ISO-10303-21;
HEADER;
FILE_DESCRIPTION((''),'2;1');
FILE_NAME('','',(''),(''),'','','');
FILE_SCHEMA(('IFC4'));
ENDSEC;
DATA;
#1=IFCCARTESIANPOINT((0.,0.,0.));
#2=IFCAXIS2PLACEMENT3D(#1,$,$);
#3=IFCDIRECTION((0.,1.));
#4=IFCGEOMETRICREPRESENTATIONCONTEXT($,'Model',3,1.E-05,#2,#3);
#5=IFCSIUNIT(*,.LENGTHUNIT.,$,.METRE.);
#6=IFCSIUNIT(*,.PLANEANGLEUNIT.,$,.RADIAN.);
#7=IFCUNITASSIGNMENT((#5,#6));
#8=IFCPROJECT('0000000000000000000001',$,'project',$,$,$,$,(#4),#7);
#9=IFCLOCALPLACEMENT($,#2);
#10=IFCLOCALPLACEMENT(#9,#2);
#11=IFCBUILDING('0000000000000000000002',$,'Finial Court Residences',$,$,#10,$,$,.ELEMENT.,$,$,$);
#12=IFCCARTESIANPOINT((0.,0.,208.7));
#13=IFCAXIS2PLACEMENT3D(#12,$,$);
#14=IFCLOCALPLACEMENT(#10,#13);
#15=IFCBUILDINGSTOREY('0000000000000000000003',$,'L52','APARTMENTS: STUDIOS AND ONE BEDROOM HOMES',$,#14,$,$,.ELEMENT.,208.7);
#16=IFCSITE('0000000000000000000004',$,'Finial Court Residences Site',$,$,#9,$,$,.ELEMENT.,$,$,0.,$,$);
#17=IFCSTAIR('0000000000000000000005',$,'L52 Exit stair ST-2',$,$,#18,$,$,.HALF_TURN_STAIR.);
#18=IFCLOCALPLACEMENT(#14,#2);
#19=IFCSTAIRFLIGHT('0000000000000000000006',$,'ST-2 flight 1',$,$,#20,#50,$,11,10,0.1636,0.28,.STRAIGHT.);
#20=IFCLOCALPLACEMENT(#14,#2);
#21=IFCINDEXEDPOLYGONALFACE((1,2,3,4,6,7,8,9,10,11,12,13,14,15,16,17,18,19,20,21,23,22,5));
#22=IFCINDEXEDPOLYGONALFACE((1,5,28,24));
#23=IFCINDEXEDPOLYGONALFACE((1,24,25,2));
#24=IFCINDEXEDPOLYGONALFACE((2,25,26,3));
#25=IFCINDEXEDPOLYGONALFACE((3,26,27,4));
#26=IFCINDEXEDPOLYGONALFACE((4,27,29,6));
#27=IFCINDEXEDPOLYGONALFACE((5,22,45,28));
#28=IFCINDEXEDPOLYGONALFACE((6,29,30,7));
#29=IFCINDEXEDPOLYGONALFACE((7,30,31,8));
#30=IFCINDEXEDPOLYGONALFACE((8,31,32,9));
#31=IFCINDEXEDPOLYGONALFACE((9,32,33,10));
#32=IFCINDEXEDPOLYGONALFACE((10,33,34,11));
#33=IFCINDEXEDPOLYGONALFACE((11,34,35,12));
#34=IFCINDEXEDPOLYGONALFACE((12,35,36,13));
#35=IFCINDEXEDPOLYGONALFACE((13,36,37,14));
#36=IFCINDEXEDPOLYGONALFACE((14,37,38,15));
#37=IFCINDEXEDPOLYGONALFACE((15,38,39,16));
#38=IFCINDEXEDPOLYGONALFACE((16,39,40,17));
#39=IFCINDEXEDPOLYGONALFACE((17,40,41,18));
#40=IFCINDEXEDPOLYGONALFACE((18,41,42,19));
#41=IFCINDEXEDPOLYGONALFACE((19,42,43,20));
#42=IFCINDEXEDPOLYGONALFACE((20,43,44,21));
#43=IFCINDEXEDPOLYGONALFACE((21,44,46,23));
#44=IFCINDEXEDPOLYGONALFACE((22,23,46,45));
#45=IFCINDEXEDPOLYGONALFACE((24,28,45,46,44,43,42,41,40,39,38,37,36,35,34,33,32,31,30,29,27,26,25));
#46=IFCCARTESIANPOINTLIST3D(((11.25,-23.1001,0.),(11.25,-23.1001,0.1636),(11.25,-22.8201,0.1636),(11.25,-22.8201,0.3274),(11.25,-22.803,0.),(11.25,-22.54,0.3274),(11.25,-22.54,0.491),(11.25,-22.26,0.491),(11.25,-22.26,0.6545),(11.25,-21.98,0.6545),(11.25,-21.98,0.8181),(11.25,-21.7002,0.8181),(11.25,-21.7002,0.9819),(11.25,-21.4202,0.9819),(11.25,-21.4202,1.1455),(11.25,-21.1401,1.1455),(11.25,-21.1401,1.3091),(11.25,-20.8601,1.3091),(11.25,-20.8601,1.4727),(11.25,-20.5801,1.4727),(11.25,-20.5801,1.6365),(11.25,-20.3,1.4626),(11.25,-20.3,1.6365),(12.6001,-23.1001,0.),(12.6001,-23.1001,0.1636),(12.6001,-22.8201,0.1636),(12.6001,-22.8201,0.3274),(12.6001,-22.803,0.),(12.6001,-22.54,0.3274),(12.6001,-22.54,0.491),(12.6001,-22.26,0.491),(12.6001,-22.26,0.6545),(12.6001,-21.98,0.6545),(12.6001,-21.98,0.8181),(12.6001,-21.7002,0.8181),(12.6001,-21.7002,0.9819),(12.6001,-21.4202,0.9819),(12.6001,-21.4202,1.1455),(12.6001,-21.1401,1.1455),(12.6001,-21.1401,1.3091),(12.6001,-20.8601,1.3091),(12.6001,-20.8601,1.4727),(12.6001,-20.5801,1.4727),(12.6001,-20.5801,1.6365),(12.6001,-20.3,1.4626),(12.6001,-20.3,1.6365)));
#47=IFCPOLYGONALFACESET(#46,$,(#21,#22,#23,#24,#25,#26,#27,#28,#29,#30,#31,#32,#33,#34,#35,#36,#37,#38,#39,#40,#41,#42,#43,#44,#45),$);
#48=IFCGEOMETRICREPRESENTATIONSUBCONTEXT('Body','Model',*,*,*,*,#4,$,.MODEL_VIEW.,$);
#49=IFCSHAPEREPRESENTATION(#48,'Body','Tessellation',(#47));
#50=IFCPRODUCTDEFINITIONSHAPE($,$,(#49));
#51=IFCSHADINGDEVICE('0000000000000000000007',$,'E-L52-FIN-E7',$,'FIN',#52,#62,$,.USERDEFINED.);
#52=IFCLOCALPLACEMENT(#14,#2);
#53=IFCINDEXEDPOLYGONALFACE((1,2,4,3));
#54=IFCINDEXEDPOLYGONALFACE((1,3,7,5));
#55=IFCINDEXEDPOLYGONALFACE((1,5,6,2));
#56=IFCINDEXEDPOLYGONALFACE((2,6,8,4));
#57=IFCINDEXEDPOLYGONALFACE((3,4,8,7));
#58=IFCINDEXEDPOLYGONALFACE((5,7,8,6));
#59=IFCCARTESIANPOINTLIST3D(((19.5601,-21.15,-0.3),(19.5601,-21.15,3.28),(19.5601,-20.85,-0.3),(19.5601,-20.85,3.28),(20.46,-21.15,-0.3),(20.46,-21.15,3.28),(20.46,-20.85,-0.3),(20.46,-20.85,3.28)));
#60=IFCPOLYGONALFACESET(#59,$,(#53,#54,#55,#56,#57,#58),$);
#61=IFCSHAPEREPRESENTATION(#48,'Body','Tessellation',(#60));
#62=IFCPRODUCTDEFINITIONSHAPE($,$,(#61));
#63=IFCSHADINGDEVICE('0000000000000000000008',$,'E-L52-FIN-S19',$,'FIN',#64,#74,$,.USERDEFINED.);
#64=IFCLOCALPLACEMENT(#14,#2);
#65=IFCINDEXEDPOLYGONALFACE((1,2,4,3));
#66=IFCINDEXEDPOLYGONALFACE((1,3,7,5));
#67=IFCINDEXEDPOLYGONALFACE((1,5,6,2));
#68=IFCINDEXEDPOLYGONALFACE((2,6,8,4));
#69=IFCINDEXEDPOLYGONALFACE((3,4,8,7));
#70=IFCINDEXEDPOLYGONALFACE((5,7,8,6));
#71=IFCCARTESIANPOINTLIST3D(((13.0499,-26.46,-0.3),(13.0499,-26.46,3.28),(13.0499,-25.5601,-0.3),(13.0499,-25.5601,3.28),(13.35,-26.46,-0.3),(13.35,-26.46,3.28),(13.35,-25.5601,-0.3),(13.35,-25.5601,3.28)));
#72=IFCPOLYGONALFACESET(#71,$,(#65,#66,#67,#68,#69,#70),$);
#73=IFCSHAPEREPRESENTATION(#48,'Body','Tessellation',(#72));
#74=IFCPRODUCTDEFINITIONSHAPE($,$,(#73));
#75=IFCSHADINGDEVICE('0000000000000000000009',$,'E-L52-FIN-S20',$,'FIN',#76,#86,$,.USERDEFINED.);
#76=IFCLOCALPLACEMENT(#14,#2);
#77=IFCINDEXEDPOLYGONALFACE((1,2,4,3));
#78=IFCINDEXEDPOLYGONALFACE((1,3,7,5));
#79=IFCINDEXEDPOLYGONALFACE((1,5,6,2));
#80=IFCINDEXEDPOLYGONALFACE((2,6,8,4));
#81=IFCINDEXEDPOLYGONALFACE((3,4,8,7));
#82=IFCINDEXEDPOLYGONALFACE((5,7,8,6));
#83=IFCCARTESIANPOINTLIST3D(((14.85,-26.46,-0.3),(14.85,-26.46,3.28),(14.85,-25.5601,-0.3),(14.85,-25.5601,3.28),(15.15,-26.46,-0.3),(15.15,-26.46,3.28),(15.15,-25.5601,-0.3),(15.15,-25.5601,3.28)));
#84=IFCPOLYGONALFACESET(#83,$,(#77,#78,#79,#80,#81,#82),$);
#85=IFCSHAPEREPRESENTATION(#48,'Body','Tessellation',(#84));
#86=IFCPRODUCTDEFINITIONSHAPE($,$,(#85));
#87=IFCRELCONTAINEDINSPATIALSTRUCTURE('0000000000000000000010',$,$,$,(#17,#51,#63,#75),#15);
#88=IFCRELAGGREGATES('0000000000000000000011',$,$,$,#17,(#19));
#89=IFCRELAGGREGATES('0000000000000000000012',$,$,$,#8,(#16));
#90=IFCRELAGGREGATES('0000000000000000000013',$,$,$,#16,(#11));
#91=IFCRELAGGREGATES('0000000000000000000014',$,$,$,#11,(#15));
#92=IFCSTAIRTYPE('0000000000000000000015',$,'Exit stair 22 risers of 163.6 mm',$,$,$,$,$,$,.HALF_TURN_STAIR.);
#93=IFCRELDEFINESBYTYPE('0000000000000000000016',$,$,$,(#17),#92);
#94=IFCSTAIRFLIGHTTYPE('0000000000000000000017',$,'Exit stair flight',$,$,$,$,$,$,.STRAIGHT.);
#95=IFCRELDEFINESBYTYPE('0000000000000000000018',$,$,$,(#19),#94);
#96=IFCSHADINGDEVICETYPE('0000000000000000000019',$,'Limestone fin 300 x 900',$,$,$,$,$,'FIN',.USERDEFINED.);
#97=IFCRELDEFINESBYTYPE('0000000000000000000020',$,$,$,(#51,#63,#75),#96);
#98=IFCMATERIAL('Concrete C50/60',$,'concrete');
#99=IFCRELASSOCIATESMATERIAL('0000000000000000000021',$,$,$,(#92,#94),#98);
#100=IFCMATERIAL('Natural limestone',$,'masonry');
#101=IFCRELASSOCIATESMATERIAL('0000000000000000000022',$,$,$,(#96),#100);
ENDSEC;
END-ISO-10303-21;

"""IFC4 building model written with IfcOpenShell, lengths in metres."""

from ifc_helpers import new_model, si_unit, direction, frame, origin, origin_2d, place, context, subcontext, project, spatial, polyline, rectangle, outline, extrude, material, type_object, element, aggregate, save


model = new_model("IFC4")

# Units and contexts
model_context = context("Model", 3, precision=1e-05, world=origin(), true_north=direction((0.0, 1.0)))
body_context = subcontext(model_context, "Body", "Model", "MODEL_VIEW")
ifc_project = project(units=[si_unit("LENGTHUNIT", "METRE"), si_unit("PLANEANGLEUNIT", "RADIAN")], contexts=[model_context])

# Site, building, storey
site_placement = place(None, origin())
site = spatial("IfcSite", under=ifc_project, at=site_placement, Name="Finial Court Residences Site", CompositionType="ELEMENT", RefElevation=0.0)
building_placement = place(site_placement, origin())
building = spatial("IfcBuilding", under=site, at=building_placement, Name="Finial Court Residences", CompositionType="ELEMENT")
storey_placement = place(building_placement, frame((0.0, 0.0, 208.7)))
storey = spatial("IfcBuildingStorey", under=building, at=storey_placement, Name="L52", Description="APARTMENTS: STUDIOS AND ONE BEDROOM HOMES", CompositionType="ELEMENT", Elevation=208.7)

# Shared definitions
ifc_material_1 = material(Name="Natural limestone", Category="masonry")

# Stair, stair flight
ifc_material_2 = material(Name="Concrete C50/60", Category="concrete")
stair_type = type_object("IfcStairType", Name="Exit stair 22 risers of 163.6 mm", PredefinedType="HALF_TURN_STAIR", material=ifc_material_2)
stair_placement = place(storey_placement, origin())
stair = element("IfcStair", 1, at=stair_placement, inside=storey, type_object=stair_type, Name="L52 Exit stair ST-2", PredefinedType="HALF_TURN_STAIR")
stair_flight_type = type_object("IfcStairFlightType", Name="Exit stair flight", PredefinedType="STRAIGHT", material=ifc_material_2)
stair_flight_placement = place(storey_placement, frame((11.925, -23.1001, 0.0), z_axis=(0.0, 0.0, 1.0), x_axis=(0.0, 1.0, 0.0)))
stair_flight = element("IfcStairFlight", 2, at=stair_flight_placement, type_object=stair_flight_type, Name="ST-2 flight 1", NumberOfRisers=11, NumberOfTreads=10, PredefinedType="STRAIGHT", RiserHeight=0.1636, TreadLength=0.28, context=body_context, shape_type="SweptSolid", body=[
    extrude(outline(polyline([(0.0, 0.0), (0.0, 0.1636), (0.28, 0.1636), (0.28, 0.3274), (0.5601, 0.3274), (0.5601, 0.491), (0.8401, 0.491), (0.8401, 0.6545), (1.1201, 0.6545), (1.1201, 0.8181), (1.3999, 0.8181), (1.3999, 0.9819), (1.6799, 0.9819), (1.6799, 1.1455), (1.96, 1.1455), (1.96, 1.3091), (2.24, 1.3091), (2.24, 1.4727), (2.52, 1.4727), (2.52, 1.6365), (2.8, 1.6365), (2.8, 1.8), (2.8, 1.4626), (0.2971, 0.0), (0.0, 0.0)])), frame((0.0, 0.675, 0.0), z_axis=(0.0, -1.0, 0.0), x_axis=(1.0, 0.0, 0.0)), (0.0, 0.0, 1.0), 1.3501),
])
aggregate(stair, [stair_flight])

# Shading devices
shading_device_type = type_object("IfcShadingDeviceType", Name="Limestone fin 300 x 900", ElementType="FIN", PredefinedType="USERDEFINED", material=ifc_material_1)
shading_device_placement = place(storey_placement, frame((20.01, -21.0, -0.3), z_axis=(0.0, 0.0, 1.0), x_axis=(1.0, 0.0, 0.0)))
element("IfcShadingDevice", 3, at=shading_device_placement, inside=storey, type_object=shading_device_type, Name="E-L52-FIN-E7", ObjectType="FIN", PredefinedType="USERDEFINED", context=body_context, shape_type="SweptSolid", body=[
    extrude(rectangle(XDim=0.8999, YDim=0.3, at=origin_2d()), origin(), (0.0, 0.0, 1.0), 3.5801),
])
for number, where, z_axis, x_axis, name in (
    (4, (13.2, -26.01, -0.3), (0.0, 0.0, 1.0), (1.0, 0.0, 0.0), "E-L52-FIN-S19"),
    (5, (15.0, -26.01, -0.3), (0.0, 0.0, 1.0), (1.0, 0.0, 0.0), "E-L52-FIN-S20"),
):
    element("IfcShadingDevice", number, at=place(storey_placement, frame(where, z_axis=z_axis, x_axis=x_axis)), inside=storey, type_object=shading_device_type, Name=name, ObjectType="FIN", PredefinedType="USERDEFINED", context=body_context, shape_type="SweptSolid", body=[
        extrude(rectangle(XDim=0.3, YDim=0.8999, at=origin_2d()), origin(), (0.0, 0.0, 1.0), 3.5801),
    ])

save(model, "model.ifc")
